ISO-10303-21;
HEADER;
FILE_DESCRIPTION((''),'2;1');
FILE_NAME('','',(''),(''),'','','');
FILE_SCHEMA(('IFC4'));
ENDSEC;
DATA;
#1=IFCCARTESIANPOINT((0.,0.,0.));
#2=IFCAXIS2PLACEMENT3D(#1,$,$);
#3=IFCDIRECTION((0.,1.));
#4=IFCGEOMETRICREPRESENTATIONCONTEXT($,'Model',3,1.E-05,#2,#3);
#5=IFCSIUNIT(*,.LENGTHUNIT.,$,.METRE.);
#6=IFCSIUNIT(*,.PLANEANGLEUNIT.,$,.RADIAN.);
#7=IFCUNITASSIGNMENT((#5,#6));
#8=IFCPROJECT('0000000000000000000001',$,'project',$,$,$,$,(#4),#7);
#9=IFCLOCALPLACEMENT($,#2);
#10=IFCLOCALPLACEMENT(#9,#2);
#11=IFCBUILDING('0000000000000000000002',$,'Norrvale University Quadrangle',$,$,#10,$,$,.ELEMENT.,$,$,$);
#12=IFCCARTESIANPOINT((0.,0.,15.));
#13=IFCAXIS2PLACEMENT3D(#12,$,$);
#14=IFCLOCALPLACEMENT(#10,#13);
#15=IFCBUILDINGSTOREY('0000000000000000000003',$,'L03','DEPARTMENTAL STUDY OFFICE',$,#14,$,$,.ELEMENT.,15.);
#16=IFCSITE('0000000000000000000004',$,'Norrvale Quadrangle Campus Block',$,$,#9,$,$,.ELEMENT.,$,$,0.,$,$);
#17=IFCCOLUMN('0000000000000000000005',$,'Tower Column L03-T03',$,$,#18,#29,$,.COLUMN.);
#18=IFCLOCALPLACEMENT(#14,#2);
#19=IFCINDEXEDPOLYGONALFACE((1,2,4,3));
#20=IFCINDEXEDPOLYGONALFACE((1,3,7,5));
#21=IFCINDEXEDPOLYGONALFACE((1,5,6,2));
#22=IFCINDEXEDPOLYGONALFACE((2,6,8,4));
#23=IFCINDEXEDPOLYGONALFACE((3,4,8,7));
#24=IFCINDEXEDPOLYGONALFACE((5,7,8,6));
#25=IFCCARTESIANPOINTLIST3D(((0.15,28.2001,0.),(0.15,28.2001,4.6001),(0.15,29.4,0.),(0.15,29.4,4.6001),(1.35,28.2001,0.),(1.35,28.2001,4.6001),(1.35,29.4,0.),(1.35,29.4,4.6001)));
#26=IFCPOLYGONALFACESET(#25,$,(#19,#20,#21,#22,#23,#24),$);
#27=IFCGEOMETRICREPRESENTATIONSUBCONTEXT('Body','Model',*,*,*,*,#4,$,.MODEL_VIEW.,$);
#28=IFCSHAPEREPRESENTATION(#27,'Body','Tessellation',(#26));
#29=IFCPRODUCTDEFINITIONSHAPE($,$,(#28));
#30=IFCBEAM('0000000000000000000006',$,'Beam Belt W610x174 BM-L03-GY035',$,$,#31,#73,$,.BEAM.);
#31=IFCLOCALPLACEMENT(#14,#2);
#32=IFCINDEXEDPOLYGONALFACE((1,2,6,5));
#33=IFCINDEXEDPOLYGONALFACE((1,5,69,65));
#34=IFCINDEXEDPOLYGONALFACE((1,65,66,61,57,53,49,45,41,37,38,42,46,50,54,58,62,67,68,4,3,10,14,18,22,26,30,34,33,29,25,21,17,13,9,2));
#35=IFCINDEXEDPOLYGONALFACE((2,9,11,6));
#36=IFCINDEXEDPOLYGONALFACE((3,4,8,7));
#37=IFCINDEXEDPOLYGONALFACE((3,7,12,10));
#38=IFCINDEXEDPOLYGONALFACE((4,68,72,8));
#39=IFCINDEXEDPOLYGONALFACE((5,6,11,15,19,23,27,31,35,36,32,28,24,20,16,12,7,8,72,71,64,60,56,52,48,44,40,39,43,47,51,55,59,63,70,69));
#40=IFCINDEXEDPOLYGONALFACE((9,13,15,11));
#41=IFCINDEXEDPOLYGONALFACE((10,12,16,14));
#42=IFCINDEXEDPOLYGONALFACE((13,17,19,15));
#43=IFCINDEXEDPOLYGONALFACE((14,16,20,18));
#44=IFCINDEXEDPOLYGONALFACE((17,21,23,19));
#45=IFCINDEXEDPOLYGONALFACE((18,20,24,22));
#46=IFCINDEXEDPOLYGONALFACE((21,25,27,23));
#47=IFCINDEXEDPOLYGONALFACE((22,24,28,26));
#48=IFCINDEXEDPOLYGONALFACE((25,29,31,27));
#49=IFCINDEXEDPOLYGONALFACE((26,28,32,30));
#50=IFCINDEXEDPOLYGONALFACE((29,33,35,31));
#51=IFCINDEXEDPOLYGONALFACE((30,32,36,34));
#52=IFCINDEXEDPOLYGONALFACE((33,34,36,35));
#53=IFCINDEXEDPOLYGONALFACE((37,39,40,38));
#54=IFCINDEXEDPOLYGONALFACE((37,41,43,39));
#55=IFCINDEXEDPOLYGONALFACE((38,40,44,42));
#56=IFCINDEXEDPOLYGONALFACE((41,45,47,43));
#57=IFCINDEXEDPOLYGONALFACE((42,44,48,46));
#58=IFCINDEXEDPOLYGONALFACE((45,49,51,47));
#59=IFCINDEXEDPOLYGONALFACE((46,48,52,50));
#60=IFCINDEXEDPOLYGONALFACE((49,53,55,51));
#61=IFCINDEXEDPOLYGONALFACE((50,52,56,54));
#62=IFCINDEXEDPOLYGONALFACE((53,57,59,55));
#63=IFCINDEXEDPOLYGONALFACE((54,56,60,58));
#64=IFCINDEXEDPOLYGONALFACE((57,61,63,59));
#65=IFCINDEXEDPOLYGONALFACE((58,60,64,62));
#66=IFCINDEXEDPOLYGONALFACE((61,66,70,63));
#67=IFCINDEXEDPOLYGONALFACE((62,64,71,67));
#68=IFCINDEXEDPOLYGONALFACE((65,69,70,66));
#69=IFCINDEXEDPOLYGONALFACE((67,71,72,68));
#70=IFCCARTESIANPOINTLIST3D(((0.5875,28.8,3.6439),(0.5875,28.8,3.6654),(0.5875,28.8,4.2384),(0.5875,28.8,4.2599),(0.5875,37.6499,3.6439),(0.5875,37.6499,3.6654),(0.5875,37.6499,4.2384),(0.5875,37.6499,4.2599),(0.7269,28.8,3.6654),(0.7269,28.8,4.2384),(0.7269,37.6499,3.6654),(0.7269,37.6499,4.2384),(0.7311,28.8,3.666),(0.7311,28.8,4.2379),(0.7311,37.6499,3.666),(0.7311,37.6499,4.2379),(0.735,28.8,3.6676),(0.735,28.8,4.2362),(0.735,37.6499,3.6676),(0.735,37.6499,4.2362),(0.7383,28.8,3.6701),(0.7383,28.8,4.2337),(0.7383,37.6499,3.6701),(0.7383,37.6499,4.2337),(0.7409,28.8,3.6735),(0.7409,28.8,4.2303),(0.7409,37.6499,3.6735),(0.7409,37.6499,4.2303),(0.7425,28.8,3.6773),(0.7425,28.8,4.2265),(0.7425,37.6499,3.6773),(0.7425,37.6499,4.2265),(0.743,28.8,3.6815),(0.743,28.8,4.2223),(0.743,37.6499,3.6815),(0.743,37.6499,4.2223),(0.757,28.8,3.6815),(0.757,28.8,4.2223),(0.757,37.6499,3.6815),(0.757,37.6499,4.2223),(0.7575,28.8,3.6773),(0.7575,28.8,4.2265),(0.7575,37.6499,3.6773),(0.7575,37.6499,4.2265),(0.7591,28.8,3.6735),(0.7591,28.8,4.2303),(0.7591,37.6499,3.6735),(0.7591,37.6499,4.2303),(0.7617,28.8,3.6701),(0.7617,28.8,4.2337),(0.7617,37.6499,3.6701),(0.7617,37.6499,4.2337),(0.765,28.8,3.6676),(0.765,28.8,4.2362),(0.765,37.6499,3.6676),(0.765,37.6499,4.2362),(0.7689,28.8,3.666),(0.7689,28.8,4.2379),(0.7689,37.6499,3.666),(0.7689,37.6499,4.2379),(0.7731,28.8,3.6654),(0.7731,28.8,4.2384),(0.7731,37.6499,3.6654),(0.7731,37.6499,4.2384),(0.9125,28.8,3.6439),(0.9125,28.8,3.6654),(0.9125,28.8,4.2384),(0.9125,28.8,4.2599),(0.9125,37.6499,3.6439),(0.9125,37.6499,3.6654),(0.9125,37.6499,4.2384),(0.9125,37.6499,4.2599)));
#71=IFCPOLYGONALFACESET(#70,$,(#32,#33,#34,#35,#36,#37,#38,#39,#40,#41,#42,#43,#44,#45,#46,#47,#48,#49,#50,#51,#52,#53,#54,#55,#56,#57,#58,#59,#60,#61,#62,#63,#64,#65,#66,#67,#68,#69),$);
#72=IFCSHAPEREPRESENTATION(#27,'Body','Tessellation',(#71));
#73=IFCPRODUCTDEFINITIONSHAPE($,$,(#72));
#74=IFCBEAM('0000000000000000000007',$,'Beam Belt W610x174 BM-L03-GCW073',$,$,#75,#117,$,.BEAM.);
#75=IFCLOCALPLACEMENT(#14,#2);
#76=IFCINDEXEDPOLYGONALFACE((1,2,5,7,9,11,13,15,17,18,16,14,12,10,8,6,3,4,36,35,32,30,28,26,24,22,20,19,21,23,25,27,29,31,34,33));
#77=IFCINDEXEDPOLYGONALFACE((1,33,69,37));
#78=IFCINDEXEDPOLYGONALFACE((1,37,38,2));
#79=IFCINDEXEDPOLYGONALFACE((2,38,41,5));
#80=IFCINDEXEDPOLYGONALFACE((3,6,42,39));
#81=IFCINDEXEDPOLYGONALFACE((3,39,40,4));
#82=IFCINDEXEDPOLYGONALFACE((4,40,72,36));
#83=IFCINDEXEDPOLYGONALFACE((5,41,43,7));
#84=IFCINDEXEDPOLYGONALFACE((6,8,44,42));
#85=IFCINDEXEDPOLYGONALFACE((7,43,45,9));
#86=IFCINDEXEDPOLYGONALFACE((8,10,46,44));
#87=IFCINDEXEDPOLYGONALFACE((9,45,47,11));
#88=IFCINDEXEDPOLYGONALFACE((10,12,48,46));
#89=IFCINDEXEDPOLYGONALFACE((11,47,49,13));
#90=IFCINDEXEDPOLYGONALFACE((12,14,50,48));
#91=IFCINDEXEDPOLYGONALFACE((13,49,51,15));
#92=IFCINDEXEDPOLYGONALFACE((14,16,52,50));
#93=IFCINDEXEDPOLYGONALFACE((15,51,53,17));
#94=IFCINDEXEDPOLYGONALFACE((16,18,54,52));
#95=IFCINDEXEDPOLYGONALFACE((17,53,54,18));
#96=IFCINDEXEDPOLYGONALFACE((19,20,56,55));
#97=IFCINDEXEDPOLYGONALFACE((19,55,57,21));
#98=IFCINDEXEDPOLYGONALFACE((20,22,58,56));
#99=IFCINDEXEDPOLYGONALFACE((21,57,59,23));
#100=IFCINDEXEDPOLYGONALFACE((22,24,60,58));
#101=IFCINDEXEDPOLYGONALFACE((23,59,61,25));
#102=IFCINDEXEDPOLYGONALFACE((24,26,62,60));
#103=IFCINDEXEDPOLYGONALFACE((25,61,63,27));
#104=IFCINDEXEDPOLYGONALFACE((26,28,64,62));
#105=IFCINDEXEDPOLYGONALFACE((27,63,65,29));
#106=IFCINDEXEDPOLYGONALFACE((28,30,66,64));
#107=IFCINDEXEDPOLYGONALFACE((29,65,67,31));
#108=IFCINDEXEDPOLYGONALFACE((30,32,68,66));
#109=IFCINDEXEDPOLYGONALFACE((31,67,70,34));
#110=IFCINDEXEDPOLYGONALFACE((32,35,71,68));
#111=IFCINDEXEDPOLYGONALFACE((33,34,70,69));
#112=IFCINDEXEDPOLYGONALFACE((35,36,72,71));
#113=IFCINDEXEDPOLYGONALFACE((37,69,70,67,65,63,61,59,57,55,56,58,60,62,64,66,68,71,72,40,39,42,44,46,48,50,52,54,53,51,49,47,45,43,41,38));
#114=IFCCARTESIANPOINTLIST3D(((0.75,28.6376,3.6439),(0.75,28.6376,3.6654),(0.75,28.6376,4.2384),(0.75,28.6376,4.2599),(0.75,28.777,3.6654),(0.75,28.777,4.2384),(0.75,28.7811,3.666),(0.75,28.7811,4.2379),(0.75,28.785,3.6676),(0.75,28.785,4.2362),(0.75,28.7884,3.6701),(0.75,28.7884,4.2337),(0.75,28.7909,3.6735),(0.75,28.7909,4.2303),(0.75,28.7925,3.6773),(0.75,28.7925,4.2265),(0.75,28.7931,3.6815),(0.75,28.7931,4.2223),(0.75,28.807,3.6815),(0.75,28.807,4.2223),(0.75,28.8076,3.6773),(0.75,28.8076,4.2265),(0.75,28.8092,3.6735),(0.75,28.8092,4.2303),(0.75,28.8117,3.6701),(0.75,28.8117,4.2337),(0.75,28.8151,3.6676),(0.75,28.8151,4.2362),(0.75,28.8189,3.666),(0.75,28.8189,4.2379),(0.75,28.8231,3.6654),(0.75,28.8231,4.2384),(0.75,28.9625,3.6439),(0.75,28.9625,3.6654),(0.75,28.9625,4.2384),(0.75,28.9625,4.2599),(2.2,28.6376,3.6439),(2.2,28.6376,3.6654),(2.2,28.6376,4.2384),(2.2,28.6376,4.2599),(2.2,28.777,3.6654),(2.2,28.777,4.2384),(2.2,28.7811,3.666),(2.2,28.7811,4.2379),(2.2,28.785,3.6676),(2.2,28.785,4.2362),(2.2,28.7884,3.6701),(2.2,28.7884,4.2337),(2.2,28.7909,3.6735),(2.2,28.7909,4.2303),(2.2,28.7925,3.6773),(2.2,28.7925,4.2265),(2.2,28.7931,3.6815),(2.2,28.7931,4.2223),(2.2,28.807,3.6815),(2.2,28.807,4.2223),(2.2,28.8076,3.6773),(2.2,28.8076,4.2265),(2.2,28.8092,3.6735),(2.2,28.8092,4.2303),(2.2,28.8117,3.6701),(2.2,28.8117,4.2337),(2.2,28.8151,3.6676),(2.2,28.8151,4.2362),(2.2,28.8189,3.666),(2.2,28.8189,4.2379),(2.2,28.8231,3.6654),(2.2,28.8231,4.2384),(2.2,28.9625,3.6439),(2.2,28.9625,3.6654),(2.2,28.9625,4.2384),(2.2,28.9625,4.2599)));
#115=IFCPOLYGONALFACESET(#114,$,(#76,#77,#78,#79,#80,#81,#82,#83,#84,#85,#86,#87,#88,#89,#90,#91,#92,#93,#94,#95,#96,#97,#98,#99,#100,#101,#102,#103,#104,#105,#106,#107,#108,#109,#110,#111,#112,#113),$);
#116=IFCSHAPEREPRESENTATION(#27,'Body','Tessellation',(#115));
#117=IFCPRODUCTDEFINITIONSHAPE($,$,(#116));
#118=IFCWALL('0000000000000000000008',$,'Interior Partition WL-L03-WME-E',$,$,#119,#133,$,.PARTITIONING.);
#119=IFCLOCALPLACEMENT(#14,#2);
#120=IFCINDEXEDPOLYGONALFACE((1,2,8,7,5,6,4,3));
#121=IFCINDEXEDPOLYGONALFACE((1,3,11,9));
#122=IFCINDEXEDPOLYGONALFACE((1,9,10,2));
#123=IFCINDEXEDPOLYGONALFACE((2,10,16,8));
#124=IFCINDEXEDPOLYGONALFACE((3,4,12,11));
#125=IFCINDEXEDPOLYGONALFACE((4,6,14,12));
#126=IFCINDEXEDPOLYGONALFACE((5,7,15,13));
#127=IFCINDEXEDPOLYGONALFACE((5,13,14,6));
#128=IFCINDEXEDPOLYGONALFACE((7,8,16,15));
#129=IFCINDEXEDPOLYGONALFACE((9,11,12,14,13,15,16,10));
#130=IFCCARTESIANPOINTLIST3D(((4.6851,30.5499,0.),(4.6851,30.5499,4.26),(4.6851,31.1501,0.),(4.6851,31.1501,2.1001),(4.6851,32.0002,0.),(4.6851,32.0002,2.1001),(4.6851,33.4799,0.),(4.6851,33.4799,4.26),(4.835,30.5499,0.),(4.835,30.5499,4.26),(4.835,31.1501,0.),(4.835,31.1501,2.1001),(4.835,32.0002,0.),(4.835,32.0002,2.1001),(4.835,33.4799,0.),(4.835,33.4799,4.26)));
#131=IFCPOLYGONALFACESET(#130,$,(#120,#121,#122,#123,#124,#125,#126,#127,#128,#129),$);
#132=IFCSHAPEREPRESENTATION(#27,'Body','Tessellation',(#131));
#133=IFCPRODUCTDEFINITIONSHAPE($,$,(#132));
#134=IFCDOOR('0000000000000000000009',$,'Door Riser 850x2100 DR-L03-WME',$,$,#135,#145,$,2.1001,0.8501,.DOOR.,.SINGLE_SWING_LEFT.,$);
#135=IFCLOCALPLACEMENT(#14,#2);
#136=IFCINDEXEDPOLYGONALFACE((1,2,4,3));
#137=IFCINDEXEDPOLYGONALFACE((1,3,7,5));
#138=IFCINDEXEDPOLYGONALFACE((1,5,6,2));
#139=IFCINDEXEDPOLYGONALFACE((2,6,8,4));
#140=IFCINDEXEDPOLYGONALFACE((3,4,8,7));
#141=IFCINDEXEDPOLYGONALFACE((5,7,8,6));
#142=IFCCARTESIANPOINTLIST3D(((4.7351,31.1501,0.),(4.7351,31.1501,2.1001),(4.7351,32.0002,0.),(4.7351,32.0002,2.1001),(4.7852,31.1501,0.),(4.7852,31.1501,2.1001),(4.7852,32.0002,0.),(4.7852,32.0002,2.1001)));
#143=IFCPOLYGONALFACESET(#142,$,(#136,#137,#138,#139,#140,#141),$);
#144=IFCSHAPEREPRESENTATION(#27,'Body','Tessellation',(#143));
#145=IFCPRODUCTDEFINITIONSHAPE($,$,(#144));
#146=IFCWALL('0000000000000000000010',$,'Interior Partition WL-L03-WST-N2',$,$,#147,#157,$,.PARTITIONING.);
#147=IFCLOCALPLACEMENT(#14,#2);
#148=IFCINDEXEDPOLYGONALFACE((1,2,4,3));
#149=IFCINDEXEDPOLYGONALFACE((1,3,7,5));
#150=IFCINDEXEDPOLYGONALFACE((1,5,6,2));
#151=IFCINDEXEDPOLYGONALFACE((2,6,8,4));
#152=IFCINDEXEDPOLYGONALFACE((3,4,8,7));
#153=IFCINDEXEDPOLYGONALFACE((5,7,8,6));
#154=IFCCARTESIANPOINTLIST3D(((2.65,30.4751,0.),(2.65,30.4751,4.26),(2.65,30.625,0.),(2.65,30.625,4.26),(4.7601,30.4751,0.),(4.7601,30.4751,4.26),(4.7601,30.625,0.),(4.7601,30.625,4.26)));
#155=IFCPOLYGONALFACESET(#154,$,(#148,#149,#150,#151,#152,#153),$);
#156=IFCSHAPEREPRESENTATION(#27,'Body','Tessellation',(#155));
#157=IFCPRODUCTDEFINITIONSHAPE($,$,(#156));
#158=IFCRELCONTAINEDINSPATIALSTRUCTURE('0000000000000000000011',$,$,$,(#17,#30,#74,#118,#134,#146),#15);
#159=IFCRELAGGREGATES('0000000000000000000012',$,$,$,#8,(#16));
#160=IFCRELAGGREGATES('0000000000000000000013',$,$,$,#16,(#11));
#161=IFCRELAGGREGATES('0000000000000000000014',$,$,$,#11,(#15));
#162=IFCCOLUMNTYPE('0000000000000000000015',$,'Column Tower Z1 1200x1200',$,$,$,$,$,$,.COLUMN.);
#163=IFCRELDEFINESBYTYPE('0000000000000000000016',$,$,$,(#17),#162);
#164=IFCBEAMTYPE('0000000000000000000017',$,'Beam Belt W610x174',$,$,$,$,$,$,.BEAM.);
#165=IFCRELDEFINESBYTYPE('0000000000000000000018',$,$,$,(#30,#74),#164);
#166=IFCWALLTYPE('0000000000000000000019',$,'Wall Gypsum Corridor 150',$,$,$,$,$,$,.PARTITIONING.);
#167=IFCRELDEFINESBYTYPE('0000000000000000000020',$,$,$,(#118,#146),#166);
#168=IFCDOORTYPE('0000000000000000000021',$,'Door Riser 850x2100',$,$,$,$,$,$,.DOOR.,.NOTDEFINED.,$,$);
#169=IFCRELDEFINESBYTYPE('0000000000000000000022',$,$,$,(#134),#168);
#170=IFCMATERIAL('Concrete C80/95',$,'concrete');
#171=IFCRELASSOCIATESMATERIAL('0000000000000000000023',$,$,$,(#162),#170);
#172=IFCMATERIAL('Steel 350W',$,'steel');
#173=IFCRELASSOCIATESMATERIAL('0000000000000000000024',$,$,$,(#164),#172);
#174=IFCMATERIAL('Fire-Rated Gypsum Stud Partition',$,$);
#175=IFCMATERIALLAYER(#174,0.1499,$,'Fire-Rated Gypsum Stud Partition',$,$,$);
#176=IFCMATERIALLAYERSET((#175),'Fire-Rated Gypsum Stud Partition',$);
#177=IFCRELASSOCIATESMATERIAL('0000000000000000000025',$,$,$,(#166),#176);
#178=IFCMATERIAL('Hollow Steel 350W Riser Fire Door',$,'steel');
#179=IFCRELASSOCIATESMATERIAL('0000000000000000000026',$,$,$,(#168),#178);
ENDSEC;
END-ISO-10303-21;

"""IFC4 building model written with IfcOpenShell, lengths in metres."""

from ifc_helpers import new_model, si_unit, direction, frame, frame_2d, origin, origin_2d, place, context, subcontext, project, spatial, rectangle, i_section, extrude, material, layer, layer_set, material_profile, profile_set, type_object, element, fill, save


model = new_model("IFC4")

# Units and contexts
model_context = context("Model", 3, precision=1e-05, world=origin(), true_north=direction((0.0, 1.0)))
body_context = subcontext(model_context, "Body", "Model", "MODEL_VIEW")
ifc_project = project(units=[si_unit("LENGTHUNIT", "METRE"), si_unit("PLANEANGLEUNIT", "RADIAN")], contexts=[model_context])

# Site, building, storey
site_placement = place(None, origin())
site = spatial("IfcSite", under=ifc_project, at=site_placement, Name="Norrvale Quadrangle Campus Block", CompositionType="ELEMENT", RefElevation=0.0)
building_placement = place(site_placement, origin())
building = spatial("IfcBuilding", under=site, at=building_placement, Name="Norrvale University Quadrangle", CompositionType="ELEMENT")
storey_placement = place(building_placement, frame((0.0, 0.0, 15.0)))
storey = spatial("IfcBuildingStorey", under=building, at=storey_placement, Name="L03", Description="DEPARTMENTAL STUDY OFFICE", CompositionType="ELEMENT", Elevation=15.0)

# Column
ifc_material_1 = material(Name="Concrete C80/95", Category="concrete")
ifc_material_profile_1 = material_profile(ifc_material_1, rectangle(XDim=1.2, YDim=1.2, at=origin_2d()), Name="Concrete C80/95")
ifc_profile_set_1 = profile_set([ifc_material_profile_1], Name="Concrete C80/95")
column_type = type_object("IfcColumnType", Name="Column Tower Z1 1200x1200", PredefinedType="COLUMN", material=ifc_profile_set_1)
column_placement = place(storey_placement, frame((0.75, 28.8, 0.0), z_axis=(0.0, 0.0, 1.0), x_axis=(1.0, 0.0, 0.0)))
element("IfcColumn", 1, at=column_placement, inside=storey, type_object=column_type, Name="Tower Column L03-T03", PredefinedType="COLUMN", context=body_context, shape_type="SweptSolid", body=[
    extrude(rectangle(XDim=1.2, YDim=1.2, at=origin_2d()), origin(), (0.0, 0.0, 1.0), 4.6001),
])

# Beams
ifc_material_2 = material(Name="Steel 350W", Category="steel")
ifc_material_profile_2 = material_profile(ifc_material_2, i_section(OverallWidth=0.325, OverallDepth=0.616, WebThickness=0.0139, FlangeThickness=0.0215, FilletRadius=0.0161, at=origin_2d()), Name="Steel 350W")
ifc_profile_set_2 = profile_set([ifc_material_profile_2], Name="Steel 350W")
beam_type = type_object("IfcBeamType", Name="Beam Belt W610x174", PredefinedType="BEAM", material=ifc_profile_set_2)
beam_1_placement = place(storey_placement, frame((0.75, 28.8, 3.9519), z_axis=(0.0, 1.0, 0.0), x_axis=(-1.0, 0.0, 0.0)))
element("IfcBeam", 2, at=beam_1_placement, inside=storey, type_object=beam_type, Name="Beam Belt W610x174 BM-L03-GY035", PredefinedType="BEAM", context=body_context, shape_type="SweptSolid", body=[
    extrude(i_section(OverallWidth=0.325, OverallDepth=0.616, WebThickness=0.0139, FlangeThickness=0.0215, FilletRadius=0.0161, at=origin_2d()), origin(), (0.0, 0.0, 1.0), 8.8499),
])
beam_2_placement = place(storey_placement, frame((0.75, 28.8, 3.9519), z_axis=(1.0, 0.0, 0.0), x_axis=(0.0, 1.0, 0.0)))
element("IfcBeam", 3, at=beam_2_placement, inside=storey, type_object=beam_type, Name="Beam Belt W610x174 BM-L03-GCW073", PredefinedType="BEAM", context=body_context, shape_type="SweptSolid", body=[
    extrude(i_section(OverallWidth=0.325, OverallDepth=0.616, WebThickness=0.0139, FlangeThickness=0.0215, FilletRadius=0.0161, at=origin_2d()), origin(), (0.0, 0.0, 1.0), 1.45),
])

# Wall, opening, door
ifc_material_3 = material(Name="Fire-Rated Gypsum Stud Partition")
ifc_layer_1 = layer(ifc_material_3, 0.1499, Name="Fire-Rated Gypsum Stud Partition")
ifc_layer_set_1 = layer_set([ifc_layer_1], Name="Fire-Rated Gypsum Stud Partition")
wall_type_1 = type_object("IfcWallType", Name="Wall Gypsum Corridor 150", PredefinedType="PARTITIONING", material=ifc_layer_set_1)
wall_1_placement = place(storey_placement, frame((4.76, 30.55, 0.0), z_axis=(0.0, 0.0, 1.0), x_axis=(0.0, 1.0, 0.0)))
wall_1 = element("IfcWall", 4, at=wall_1_placement, inside=storey, type_object=wall_type_1, Name="Interior Partition WL-L03-WME-E", PredefinedType="PARTITIONING", context=body_context, shape_type="SweptSolid", body=[
    extrude(rectangle(XDim=2.9299, YDim=0.1499, at=frame_2d((1.4648, 0.0))), origin(), (0.0, 0.0, 1.0), 4.26),
])
opening_1_placement = place(wall_1_placement, frame((0.6001, 0.0, 0.0)))
opening_1 = element("IfcOpeningElement", 5, at=opening_1_placement, cuts=wall_1, PredefinedType="OPENING", context=body_context, shape_type="SweptSolid", body=[
    extrude(rectangle(XDim=0.8501, YDim=2.1001, at=frame_2d((0.425, 1.05))), frame((0.0, 0.0869, 0.0), z_axis=(0.0, -1.0, 0.0), x_axis=(1.0, 0.0, 0.0)), (0.0, 0.0, 1.0), 0.1738),
])
ifc_material_4 = material(Name="Hollow Steel 350W Riser Fire Door", Category="steel")
door_type_1 = type_object("IfcDoorType", Name="Door Riser 850x2100", OperationType="NOTDEFINED", PredefinedType="DOOR", material=ifc_material_4)
door_1_placement = place(opening_1_placement, origin())
door_1 = element("IfcDoor", 6, at=door_1_placement, inside=storey, type_object=door_type_1, Name="Door Riser 850x2100 DR-L03-WME", OperationType="SINGLE_SWING_LEFT", OverallHeight=2.1001, OverallWidth=0.8501, PredefinedType="DOOR", context=body_context, shape_type="SweptSolid", body=[
    extrude(rectangle(XDim=0.8501, YDim=2.1001, at=frame_2d((0.425, 1.05))), frame((0.0, 0.0249, 0.0), z_axis=(0.0, -1.0, 0.0), x_axis=(1.0, 0.0, 0.0)), (0.0, 0.0, 1.0), 0.05),
])
fill(opening_1, door_1)

# Wall
wall_2_placement = place(storey_placement, frame((2.6499, 30.55, 0.0), z_axis=(0.0, 0.0, 1.0), x_axis=(1.0, 0.0, 0.0)))
element("IfcWall", 7, at=wall_2_placement, inside=storey, type_object=wall_type_1, Name="Interior Partition WL-L03-WST-N2", PredefinedType="PARTITIONING", context=body_context, shape_type="SweptSolid", body=[
    extrude(rectangle(XDim=2.1101, YDim=0.1499, at=frame_2d((1.0552, 0.0))), origin(), (0.0, 0.0, 1.0), 4.26),
])

save(model, "model.ifc")
